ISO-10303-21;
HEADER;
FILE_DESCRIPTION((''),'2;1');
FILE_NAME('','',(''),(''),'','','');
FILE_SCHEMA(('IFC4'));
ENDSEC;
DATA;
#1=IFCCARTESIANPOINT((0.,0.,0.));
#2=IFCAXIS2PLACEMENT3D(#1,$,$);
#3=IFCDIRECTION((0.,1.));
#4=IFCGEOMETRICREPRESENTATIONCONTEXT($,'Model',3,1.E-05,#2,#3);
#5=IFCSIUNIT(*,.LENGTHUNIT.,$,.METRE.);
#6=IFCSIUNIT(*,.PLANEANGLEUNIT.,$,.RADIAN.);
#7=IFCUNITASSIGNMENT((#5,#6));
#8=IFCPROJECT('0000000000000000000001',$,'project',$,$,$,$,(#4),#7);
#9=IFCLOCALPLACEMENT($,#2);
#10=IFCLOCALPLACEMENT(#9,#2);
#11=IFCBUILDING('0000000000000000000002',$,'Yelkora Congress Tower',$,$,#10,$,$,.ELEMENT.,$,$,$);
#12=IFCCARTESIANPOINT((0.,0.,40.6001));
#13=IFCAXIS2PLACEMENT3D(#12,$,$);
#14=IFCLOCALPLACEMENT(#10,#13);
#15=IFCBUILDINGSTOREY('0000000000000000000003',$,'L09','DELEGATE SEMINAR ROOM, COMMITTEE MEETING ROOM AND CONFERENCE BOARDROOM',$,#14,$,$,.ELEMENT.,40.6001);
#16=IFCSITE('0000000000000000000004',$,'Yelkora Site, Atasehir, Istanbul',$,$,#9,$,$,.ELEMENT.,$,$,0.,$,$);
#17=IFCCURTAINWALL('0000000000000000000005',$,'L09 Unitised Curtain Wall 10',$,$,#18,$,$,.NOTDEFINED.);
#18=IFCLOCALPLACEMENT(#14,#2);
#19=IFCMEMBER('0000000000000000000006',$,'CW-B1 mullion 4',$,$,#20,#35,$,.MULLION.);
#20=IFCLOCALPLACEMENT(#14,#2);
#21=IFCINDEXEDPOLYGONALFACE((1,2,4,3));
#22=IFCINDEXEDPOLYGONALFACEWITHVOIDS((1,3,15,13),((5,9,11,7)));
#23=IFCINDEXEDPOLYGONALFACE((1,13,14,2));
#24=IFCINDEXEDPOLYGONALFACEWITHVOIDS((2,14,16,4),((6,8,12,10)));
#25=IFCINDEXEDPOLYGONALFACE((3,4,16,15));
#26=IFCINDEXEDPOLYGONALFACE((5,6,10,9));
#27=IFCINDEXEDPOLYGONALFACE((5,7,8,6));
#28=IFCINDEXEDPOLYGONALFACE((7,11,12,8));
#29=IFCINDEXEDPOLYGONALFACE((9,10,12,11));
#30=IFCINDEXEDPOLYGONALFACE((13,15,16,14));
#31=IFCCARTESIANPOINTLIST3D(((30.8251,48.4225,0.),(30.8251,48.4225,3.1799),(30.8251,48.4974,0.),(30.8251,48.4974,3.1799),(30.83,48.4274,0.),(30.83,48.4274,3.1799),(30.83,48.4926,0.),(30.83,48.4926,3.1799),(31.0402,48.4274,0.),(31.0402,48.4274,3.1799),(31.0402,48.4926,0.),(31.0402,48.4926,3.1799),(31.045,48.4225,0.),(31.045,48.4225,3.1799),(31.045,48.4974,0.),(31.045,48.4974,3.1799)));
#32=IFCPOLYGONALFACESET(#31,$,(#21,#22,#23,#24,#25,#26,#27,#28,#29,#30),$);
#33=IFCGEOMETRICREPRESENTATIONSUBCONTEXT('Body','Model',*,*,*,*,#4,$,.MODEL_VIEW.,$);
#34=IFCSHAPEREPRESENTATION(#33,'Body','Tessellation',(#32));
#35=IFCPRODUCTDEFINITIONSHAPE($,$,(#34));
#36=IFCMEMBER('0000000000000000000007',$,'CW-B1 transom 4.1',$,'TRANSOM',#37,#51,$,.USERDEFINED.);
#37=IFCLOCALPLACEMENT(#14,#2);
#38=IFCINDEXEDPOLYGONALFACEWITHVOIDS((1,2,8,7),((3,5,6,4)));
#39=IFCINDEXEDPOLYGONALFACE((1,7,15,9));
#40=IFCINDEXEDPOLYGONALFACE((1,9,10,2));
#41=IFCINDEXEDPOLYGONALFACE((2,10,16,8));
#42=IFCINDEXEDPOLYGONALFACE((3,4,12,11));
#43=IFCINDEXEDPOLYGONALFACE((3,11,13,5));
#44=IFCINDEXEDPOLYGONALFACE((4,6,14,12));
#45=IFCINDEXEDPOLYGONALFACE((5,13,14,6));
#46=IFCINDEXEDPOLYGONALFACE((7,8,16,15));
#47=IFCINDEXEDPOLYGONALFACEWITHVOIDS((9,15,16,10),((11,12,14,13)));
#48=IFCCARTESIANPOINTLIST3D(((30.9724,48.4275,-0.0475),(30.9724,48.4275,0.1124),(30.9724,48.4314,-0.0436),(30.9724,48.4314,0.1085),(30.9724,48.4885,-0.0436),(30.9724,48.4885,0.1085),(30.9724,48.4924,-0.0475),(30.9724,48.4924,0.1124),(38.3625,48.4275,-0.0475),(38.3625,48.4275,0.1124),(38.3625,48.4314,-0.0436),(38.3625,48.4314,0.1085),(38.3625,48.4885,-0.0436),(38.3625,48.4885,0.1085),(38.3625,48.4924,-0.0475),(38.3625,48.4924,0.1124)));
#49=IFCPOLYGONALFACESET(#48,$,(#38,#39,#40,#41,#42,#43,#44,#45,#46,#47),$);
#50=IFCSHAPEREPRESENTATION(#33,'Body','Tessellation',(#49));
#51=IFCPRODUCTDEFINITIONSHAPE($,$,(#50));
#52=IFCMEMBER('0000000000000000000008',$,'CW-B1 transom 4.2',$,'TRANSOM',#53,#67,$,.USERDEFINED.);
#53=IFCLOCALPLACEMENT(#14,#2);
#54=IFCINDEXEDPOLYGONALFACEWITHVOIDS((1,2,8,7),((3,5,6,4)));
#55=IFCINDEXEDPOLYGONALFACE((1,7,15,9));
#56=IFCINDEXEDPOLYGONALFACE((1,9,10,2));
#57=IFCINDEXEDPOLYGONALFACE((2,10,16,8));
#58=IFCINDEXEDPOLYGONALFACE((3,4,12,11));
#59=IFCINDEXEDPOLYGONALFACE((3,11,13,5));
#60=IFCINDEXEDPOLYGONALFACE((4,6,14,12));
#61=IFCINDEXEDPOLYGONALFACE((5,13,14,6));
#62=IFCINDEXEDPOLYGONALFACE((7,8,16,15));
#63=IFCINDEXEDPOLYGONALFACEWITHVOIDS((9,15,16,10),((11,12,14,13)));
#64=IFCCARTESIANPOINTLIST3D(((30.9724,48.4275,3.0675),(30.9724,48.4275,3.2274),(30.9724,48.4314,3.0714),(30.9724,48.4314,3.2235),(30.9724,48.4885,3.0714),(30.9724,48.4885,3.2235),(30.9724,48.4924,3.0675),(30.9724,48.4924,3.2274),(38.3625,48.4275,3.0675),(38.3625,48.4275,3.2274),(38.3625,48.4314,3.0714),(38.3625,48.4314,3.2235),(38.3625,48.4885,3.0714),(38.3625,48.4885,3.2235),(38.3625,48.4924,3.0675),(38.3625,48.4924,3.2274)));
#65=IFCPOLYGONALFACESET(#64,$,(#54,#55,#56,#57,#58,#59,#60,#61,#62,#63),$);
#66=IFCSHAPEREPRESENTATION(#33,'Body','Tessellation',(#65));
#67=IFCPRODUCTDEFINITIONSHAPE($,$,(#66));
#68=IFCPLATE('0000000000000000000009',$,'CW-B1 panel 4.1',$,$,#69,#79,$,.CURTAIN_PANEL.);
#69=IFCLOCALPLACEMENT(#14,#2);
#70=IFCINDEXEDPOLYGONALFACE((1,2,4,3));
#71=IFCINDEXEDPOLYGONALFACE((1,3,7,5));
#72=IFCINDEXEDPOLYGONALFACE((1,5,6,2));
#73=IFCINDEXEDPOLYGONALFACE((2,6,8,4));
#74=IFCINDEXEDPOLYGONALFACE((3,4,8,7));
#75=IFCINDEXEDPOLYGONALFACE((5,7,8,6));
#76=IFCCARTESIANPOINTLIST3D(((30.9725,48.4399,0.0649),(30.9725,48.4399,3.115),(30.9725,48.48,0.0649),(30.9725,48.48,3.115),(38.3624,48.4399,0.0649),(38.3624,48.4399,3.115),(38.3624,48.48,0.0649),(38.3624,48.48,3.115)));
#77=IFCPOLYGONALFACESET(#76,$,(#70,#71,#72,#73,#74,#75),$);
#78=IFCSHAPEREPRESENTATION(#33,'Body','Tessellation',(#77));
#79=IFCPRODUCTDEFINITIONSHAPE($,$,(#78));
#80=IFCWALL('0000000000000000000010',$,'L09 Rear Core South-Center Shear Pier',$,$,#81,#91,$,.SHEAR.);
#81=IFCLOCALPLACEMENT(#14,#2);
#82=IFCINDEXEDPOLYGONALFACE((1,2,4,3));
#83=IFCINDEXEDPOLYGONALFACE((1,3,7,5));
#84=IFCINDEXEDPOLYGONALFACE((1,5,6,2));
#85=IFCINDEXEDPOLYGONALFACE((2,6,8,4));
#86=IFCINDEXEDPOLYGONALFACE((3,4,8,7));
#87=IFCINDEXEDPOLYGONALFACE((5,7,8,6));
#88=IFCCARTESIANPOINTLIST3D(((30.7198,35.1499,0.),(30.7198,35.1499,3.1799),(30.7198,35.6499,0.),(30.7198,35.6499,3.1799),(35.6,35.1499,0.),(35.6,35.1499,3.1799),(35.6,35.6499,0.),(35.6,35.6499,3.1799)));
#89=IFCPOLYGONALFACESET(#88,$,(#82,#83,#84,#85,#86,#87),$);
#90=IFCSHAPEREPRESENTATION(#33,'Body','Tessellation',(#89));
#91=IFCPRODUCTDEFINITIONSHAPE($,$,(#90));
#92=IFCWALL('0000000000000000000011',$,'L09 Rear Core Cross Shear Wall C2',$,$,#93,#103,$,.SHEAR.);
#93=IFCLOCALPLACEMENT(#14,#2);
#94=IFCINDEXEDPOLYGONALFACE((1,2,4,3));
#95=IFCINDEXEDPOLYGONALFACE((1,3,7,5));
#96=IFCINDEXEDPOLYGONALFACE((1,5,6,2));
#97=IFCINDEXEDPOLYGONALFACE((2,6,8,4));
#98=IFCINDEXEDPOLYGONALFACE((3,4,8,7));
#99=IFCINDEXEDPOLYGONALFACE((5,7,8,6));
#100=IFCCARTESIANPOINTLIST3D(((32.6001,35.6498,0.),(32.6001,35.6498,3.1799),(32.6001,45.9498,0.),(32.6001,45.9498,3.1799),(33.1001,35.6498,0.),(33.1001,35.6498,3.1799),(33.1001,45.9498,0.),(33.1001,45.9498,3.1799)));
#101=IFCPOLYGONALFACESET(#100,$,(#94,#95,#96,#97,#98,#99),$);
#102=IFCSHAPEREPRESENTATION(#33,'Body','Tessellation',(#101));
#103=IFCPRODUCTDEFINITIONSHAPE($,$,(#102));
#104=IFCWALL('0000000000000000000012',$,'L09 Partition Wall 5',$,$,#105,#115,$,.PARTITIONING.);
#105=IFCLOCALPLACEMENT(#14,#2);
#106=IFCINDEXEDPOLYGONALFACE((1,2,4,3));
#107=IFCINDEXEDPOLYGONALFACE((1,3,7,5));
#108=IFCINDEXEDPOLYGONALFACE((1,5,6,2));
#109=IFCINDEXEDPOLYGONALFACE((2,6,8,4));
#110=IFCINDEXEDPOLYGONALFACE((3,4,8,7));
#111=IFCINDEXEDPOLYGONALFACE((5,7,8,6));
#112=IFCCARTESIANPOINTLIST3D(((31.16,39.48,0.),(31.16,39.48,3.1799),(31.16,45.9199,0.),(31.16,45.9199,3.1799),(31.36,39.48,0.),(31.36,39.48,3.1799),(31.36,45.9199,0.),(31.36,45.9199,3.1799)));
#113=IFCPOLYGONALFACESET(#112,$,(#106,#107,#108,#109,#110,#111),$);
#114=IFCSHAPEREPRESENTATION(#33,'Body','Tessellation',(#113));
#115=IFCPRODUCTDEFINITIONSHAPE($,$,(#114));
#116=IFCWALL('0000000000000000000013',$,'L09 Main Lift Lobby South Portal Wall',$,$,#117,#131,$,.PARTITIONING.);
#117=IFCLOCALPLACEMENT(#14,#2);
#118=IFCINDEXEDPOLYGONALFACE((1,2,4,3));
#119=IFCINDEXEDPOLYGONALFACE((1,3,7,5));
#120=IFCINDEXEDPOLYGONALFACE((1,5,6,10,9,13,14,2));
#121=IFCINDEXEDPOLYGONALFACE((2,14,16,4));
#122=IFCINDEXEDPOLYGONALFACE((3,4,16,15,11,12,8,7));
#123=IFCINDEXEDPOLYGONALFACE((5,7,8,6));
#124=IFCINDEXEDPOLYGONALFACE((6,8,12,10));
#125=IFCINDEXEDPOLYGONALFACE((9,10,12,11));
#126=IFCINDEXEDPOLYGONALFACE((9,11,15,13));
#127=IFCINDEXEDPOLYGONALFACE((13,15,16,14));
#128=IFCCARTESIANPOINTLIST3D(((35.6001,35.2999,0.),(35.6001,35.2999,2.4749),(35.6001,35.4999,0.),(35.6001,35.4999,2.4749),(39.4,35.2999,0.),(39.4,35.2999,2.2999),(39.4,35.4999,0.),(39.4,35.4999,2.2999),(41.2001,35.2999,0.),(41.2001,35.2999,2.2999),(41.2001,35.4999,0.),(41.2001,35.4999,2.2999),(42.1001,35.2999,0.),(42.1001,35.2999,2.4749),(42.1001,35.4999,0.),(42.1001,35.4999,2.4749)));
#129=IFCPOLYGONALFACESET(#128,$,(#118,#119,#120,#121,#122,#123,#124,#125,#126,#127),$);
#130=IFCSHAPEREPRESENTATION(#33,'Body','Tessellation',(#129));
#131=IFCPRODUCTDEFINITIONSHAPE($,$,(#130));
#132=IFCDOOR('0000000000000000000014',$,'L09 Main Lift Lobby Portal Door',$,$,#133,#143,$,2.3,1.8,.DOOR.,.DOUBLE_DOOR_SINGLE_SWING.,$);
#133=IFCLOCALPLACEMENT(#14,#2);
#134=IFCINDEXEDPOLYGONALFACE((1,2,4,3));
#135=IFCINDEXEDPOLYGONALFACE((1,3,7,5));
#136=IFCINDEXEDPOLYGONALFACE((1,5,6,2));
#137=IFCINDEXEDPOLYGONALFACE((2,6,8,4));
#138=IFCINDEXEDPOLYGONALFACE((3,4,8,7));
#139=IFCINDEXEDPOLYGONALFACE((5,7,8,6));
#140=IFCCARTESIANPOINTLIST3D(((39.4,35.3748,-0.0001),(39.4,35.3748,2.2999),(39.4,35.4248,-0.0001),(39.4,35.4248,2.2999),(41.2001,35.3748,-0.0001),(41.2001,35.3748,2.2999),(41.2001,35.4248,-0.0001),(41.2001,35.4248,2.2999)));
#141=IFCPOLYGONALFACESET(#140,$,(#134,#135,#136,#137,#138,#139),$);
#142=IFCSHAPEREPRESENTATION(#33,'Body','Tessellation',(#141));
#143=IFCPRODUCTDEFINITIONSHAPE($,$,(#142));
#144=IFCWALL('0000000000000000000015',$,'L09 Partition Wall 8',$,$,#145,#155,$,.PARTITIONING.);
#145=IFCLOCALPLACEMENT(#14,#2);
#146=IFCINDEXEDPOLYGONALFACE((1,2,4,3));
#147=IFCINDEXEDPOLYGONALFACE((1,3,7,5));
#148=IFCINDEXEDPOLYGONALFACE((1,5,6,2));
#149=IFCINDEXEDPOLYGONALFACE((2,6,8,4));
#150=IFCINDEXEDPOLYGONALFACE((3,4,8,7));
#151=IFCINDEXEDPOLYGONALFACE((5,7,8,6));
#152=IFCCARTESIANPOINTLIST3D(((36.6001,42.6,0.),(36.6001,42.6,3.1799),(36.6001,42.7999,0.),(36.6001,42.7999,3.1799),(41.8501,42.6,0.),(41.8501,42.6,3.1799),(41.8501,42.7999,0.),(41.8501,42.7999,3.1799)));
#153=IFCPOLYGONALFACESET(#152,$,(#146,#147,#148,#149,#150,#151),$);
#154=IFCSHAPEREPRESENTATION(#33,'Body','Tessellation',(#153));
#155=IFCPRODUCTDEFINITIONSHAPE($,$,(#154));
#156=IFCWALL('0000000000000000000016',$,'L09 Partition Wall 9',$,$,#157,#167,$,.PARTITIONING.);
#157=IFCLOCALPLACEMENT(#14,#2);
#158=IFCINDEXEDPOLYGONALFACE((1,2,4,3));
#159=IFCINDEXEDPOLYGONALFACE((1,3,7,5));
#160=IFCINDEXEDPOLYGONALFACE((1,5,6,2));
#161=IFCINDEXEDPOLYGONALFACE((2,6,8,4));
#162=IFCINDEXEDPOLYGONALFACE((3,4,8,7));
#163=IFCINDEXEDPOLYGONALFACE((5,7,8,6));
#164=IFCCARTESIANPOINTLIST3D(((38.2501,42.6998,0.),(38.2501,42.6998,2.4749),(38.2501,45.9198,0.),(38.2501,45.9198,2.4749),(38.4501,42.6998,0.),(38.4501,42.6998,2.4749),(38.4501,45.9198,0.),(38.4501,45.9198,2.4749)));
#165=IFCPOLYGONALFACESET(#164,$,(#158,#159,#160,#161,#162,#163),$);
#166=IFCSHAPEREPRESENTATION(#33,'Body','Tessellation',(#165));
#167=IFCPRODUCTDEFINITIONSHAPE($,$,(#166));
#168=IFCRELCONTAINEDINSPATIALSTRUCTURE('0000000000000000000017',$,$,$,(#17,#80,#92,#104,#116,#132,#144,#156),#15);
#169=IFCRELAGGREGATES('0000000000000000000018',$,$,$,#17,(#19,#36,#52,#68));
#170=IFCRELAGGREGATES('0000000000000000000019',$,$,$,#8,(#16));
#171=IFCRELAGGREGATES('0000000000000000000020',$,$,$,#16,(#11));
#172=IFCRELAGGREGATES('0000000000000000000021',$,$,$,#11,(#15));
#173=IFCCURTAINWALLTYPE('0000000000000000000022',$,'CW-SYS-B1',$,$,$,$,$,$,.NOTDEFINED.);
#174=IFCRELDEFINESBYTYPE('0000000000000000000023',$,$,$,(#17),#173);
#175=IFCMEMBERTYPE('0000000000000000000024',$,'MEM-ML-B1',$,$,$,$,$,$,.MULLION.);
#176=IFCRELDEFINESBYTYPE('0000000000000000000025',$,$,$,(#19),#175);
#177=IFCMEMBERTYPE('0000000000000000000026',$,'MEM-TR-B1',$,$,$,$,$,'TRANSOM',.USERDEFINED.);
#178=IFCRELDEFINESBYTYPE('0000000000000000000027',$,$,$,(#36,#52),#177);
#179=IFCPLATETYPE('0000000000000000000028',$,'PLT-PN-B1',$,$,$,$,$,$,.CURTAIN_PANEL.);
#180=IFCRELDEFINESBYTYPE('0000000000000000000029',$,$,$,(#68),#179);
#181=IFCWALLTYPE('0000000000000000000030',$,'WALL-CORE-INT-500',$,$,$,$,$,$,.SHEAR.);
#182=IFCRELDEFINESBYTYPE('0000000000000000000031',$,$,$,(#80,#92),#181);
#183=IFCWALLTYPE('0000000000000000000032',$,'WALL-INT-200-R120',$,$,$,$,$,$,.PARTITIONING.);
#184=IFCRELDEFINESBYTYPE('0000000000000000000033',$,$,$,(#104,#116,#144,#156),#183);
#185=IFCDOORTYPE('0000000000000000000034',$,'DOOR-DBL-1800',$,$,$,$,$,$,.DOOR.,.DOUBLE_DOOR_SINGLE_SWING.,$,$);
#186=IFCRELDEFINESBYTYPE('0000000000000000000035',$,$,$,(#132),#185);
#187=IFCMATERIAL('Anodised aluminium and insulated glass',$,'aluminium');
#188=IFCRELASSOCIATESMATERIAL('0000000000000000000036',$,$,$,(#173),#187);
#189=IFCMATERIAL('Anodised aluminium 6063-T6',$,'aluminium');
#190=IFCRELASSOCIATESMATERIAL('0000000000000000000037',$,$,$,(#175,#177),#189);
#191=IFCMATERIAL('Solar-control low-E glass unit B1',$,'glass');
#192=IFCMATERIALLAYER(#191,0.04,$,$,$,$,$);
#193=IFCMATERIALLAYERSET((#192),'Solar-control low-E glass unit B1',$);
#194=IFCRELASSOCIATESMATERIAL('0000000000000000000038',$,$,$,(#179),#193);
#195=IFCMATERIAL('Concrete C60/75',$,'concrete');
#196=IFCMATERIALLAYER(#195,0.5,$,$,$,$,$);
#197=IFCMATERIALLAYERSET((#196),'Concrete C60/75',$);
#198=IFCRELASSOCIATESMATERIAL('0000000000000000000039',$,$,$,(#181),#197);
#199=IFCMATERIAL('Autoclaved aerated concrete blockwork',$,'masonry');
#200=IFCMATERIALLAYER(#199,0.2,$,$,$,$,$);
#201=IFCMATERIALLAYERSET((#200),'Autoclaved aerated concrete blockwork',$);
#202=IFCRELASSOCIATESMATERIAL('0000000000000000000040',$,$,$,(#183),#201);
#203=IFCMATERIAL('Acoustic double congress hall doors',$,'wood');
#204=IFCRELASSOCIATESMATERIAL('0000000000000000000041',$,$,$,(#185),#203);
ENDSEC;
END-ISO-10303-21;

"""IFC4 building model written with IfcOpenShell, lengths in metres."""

from ifc_helpers import new_model, si_unit, direction, frame, frame_2d, origin, origin_2d, place, context, subcontext, project, spatial, rectangle, hollow_rectangle, extrude, material, layer, layer_set, material_profile, profile_set, type_object, element, fill, aggregate, save


model = new_model("IFC4")

# Units and contexts
model_context = context("Model", 3, precision=1e-05, world=origin(), true_north=direction((0.0, 1.0)))
body_context = subcontext(model_context, "Body", "Model", "MODEL_VIEW")
ifc_project = project(units=[si_unit("LENGTHUNIT", "METRE"), si_unit("PLANEANGLEUNIT", "RADIAN")], contexts=[model_context])

# Site, building, storey
site_placement = place(None, origin())
site = spatial("IfcSite", under=ifc_project, at=site_placement, Name="Yelkora Site, Atasehir, Istanbul", CompositionType="ELEMENT", RefElevation=0.0)
building_placement = place(site_placement, origin())
building = spatial("IfcBuilding", under=site, at=building_placement, Name="Yelkora Congress Tower", CompositionType="ELEMENT")
storey_placement = place(building_placement, frame((0.0, 0.0, 40.6001)))
storey = spatial("IfcBuildingStorey", under=building, at=storey_placement, Name="L09", Description="DELEGATE SEMINAR ROOM, COMMITTEE MEETING ROOM AND CONFERENCE BOARDROOM", CompositionType="ELEMENT", Elevation=40.6001)

# Shared definitions
ifc_material_1 = material(Name="Concrete C60/75", Category="concrete")

# Curtain wall, members, plate
ifc_material_2 = material(Name="Anodised aluminium and insulated glass", Category="aluminium")
curtain_wall_type = type_object("IfcCurtainWallType", Name="CW-SYS-B1", PredefinedType="NOTDEFINED", material=ifc_material_2)
curtain_wall_placement = place(storey_placement, origin())
curtain_wall = element("IfcCurtainWall", 1, at=curtain_wall_placement, inside=storey, type_object=curtain_wall_type, Name="L09 Unitised Curtain Wall 10", PredefinedType="NOTDEFINED")
ifc_material_3 = material(Name="Anodised aluminium 6063-T6", Category="aluminium")
ifc_material_profile_1 = material_profile(ifc_material_3, hollow_rectangle(XDim=0.075, YDim=0.22, WallThickness=0.0049, at=origin_2d()), Name="ALU 75x220x5")
ifc_profile_set_1 = profile_set([ifc_material_profile_1], Name="Anodised aluminium 6063-T6")
member_type_1 = type_object("IfcMemberType", Name="MEM-ML-B1", PredefinedType="MULLION", material=ifc_profile_set_1)
member_1_placement = place(storey_placement, frame((30.9351, 48.46, 0.0), z_axis=(0.0, 0.0, 1.0), x_axis=(0.0, 1.0, 0.0)))
member_1 = element("IfcMember", 2, at=member_1_placement, type_object=member_type_1, Name="CW-B1 mullion 4", PredefinedType="MULLION", context=body_context, shape_type="SweptSolid", body=[
    extrude(hollow_rectangle(XDim=0.075, YDim=0.22, WallThickness=0.0049, at=origin_2d()), origin(), (0.0, 0.0, 1.0), 3.1799),
])
ifc_material_profile_2 = material_profile(ifc_material_3, hollow_rectangle(XDim=0.0649, YDim=0.1599, WallThickness=0.0039, at=origin_2d()), Name="ALU 65x160x4")
ifc_profile_set_2 = profile_set([ifc_material_profile_2], Name="Anodised aluminium 6063-T6")
member_type_2 = type_object("IfcMemberType", Name="MEM-TR-B1", ElementType="TRANSOM", PredefinedType="USERDEFINED", material=ifc_profile_set_2)
member_2_placement = place(storey_placement, frame((30.9724, 48.46, 0.0325), z_axis=(1.0, 0.0, 0.0), x_axis=(0.0, 1.0, 0.0)))
member_2 = element("IfcMember", 3, at=member_2_placement, type_object=member_type_2, Name="CW-B1 transom 4.1", ObjectType="TRANSOM", PredefinedType="USERDEFINED", context=body_context, shape_type="SweptSolid", body=[
    extrude(hollow_rectangle(XDim=0.0649, YDim=0.1599, WallThickness=0.0039, at=origin_2d()), origin(), (0.0, 0.0, 1.0), 7.3901),
])
member_3_placement = place(storey_placement, frame((30.9724, 48.46, 3.1475), z_axis=(1.0, 0.0, 0.0), x_axis=(0.0, 1.0, 0.0)))
member_3 = element("IfcMember", 4, at=member_3_placement, type_object=member_type_2, Name="CW-B1 transom 4.2", ObjectType="TRANSOM", PredefinedType="USERDEFINED", context=body_context, shape_type="SweptSolid", body=[
    extrude(hollow_rectangle(XDim=0.0649, YDim=0.1599, WallThickness=0.0039, at=origin_2d()), origin(), (0.0, 0.0, 1.0), 7.3901),
])
ifc_material_4 = material(Name="Solar-control low-E glass unit B1", Category="glass")
ifc_layer_1 = layer(ifc_material_4, 0.04)
ifc_layer_set_1 = layer_set([ifc_layer_1], Name="Solar-control low-E glass unit B1")
plate_type = type_object("IfcPlateType", Name="PLT-PN-B1", PredefinedType="CURTAIN_PANEL", material=ifc_layer_set_1)
plate_placement = place(storey_placement, frame((34.6675, 48.46, 0.0649), z_axis=(0.0, 0.0, 1.0), x_axis=(1.0, 0.0, 0.0)))
plate = element("IfcPlate", 5, at=plate_placement, type_object=plate_type, Name="CW-B1 panel 4.1", PredefinedType="CURTAIN_PANEL", context=body_context, shape_type="SweptSolid", body=[
    extrude(rectangle(XDim=7.3899, YDim=0.04, at=origin_2d()), origin(), (0.0, 0.0, 1.0), 3.05),
])
aggregate(curtain_wall, [member_1, member_2, member_3, plate])

# Walls
ifc_layer_2 = layer(ifc_material_1, 0.5)
ifc_layer_set_2 = layer_set([ifc_layer_2], Name="Concrete C60/75")
wall_type_1 = type_object("IfcWallType", Name="WALL-CORE-INT-500", PredefinedType="SHEAR", material=ifc_layer_set_2)
wall_1_placement = place(storey_placement, frame((30.72, 35.3999, 0.0), z_axis=(0.0, 0.0, 1.0), x_axis=(1.0, 0.0, 0.0)))
element("IfcWall", 6, at=wall_1_placement, inside=storey, type_object=wall_type_1, Name="L09 Rear Core South-Center Shear Pier", PredefinedType="SHEAR", context=body_context, shape_type="SweptSolid", body=[
    extrude(rectangle(XDim=4.8801, YDim=0.5, at=frame_2d((2.4399, 0.0))), origin(), (0.0, 0.0, 1.0), 3.1799),
])
wall_2_placement = place(storey_placement, frame((32.8501, 35.6499, 0.0), z_axis=(0.0, 0.0, 1.0), x_axis=(0.0, 1.0, 0.0)))
element("IfcWall", 7, at=wall_2_placement, inside=storey, type_object=wall_type_1, Name="L09 Rear Core Cross Shear Wall C2", PredefinedType="SHEAR", context=body_context, shape_type="SweptSolid", body=[
    extrude(rectangle(XDim=10.3, YDim=0.5, at=frame_2d((5.1499, 0.0))), origin(), (0.0, 0.0, 1.0), 3.1799),
])
ifc_material_5 = material(Name="Autoclaved aerated concrete blockwork", Category="masonry")
ifc_layer_3 = layer(ifc_material_5, 0.2)
ifc_layer_set_3 = layer_set([ifc_layer_3], Name="Autoclaved aerated concrete blockwork")
wall_type_2 = type_object("IfcWallType", Name="WALL-INT-200-R120", PredefinedType="PARTITIONING", material=ifc_layer_set_3)
wall_3_placement = place(storey_placement, frame((31.26, 39.48, 0.0), z_axis=(0.0, 0.0, 1.0), x_axis=(0.0, 1.0, 0.0)))
element("IfcWall", 8, at=wall_3_placement, inside=storey, type_object=wall_type_2, Name="L09 Partition Wall 5", PredefinedType="PARTITIONING", context=body_context, shape_type="SweptSolid", body=[
    extrude(rectangle(XDim=6.4399, YDim=0.2, at=frame_2d((3.22, 0.0))), origin(), (0.0, 0.0, 1.0), 3.1799),
])

# Wall, opening, door
wall_4_placement = place(storey_placement, frame((35.6001, 35.3999, 0.0), z_axis=(0.0, 0.0, 1.0), x_axis=(1.0, 0.0, 0.0)))
wall_4 = element("IfcWall", 9, at=wall_4_placement, inside=storey, type_object=wall_type_2, Name="L09 Main Lift Lobby South Portal Wall", PredefinedType="PARTITIONING", context=body_context, shape_type="SweptSolid", body=[
    extrude(rectangle(XDim=6.5, YDim=0.2, at=frame_2d((3.25, 0.0))), origin(), (0.0, 0.0, 1.0), 2.4749),
])
opening_1_placement = place(wall_4_placement, frame((3.8, 0.0, 0.0)))
opening_1 = element("IfcOpeningElement", 10, at=opening_1_placement, cuts=wall_4, PredefinedType="OPENING", context=body_context, shape_type="SweptSolid", body=[
    extrude(rectangle(XDim=1.8, YDim=2.3, at=frame_2d((0.8999, 1.1499))), frame((0.0, 0.1099, 0.0), z_axis=(0.0, -1.0, 0.0), x_axis=(1.0, 0.0, 0.0)), (0.0, 0.0, 1.0), 0.22),
])
ifc_material_6 = material(Name="Acoustic double congress hall doors", Category="wood")
door_type_1 = type_object("IfcDoorType", Name="DOOR-DBL-1800", OperationType="DOUBLE_DOOR_SINGLE_SWING", PredefinedType="DOOR", material=ifc_material_6)
door_1_placement = place(opening_1_placement, origin())
door_1 = element("IfcDoor", 11, at=door_1_placement, inside=storey, type_object=door_type_1, Name="L09 Main Lift Lobby Portal Door", OperationType="DOUBLE_DOOR_SINGLE_SWING", OverallHeight=2.3, OverallWidth=1.8, PredefinedType="DOOR", context=body_context, shape_type="SweptSolid", body=[
    extrude(rectangle(XDim=1.8, YDim=2.3, at=frame_2d((0.8999, 1.1499))), frame((0.0, 0.0249, 0.0), z_axis=(0.0, -1.0, 0.0), x_axis=(1.0, 0.0, 0.0)), (0.0, 0.0, 1.0), 0.05),
])
fill(opening_1, door_1)

# Walls
wall_5_placement = place(storey_placement, frame((36.6001, 42.7, 0.0), z_axis=(0.0, 0.0, 1.0), x_axis=(1.0, 0.0, 0.0)))
element("IfcWall", 12, at=wall_5_placement, inside=storey, type_object=wall_type_2, Name="L09 Partition Wall 8", PredefinedType="PARTITIONING", context=body_context, shape_type="SweptSolid", body=[
    extrude(rectangle(XDim=5.25, YDim=0.2, at=frame_2d((2.625, 0.0))), origin(), (0.0, 0.0, 1.0), 3.1799),
])
wall_6_placement = place(storey_placement, frame((38.3501, 42.7, 0.0), z_axis=(0.0, 0.0, 1.0), x_axis=(0.0, 1.0, 0.0)))
element("IfcWall", 13, at=wall_6_placement, inside=storey, type_object=wall_type_2, Name="L09 Partition Wall 9", PredefinedType="PARTITIONING", context=body_context, shape_type="SweptSolid", body=[
    extrude(rectangle(XDim=3.22, YDim=0.2, at=frame_2d((1.6099, 0.0))), origin(), (0.0, 0.0, 1.0), 2.4749),
])

save(model, "model.ifc")
